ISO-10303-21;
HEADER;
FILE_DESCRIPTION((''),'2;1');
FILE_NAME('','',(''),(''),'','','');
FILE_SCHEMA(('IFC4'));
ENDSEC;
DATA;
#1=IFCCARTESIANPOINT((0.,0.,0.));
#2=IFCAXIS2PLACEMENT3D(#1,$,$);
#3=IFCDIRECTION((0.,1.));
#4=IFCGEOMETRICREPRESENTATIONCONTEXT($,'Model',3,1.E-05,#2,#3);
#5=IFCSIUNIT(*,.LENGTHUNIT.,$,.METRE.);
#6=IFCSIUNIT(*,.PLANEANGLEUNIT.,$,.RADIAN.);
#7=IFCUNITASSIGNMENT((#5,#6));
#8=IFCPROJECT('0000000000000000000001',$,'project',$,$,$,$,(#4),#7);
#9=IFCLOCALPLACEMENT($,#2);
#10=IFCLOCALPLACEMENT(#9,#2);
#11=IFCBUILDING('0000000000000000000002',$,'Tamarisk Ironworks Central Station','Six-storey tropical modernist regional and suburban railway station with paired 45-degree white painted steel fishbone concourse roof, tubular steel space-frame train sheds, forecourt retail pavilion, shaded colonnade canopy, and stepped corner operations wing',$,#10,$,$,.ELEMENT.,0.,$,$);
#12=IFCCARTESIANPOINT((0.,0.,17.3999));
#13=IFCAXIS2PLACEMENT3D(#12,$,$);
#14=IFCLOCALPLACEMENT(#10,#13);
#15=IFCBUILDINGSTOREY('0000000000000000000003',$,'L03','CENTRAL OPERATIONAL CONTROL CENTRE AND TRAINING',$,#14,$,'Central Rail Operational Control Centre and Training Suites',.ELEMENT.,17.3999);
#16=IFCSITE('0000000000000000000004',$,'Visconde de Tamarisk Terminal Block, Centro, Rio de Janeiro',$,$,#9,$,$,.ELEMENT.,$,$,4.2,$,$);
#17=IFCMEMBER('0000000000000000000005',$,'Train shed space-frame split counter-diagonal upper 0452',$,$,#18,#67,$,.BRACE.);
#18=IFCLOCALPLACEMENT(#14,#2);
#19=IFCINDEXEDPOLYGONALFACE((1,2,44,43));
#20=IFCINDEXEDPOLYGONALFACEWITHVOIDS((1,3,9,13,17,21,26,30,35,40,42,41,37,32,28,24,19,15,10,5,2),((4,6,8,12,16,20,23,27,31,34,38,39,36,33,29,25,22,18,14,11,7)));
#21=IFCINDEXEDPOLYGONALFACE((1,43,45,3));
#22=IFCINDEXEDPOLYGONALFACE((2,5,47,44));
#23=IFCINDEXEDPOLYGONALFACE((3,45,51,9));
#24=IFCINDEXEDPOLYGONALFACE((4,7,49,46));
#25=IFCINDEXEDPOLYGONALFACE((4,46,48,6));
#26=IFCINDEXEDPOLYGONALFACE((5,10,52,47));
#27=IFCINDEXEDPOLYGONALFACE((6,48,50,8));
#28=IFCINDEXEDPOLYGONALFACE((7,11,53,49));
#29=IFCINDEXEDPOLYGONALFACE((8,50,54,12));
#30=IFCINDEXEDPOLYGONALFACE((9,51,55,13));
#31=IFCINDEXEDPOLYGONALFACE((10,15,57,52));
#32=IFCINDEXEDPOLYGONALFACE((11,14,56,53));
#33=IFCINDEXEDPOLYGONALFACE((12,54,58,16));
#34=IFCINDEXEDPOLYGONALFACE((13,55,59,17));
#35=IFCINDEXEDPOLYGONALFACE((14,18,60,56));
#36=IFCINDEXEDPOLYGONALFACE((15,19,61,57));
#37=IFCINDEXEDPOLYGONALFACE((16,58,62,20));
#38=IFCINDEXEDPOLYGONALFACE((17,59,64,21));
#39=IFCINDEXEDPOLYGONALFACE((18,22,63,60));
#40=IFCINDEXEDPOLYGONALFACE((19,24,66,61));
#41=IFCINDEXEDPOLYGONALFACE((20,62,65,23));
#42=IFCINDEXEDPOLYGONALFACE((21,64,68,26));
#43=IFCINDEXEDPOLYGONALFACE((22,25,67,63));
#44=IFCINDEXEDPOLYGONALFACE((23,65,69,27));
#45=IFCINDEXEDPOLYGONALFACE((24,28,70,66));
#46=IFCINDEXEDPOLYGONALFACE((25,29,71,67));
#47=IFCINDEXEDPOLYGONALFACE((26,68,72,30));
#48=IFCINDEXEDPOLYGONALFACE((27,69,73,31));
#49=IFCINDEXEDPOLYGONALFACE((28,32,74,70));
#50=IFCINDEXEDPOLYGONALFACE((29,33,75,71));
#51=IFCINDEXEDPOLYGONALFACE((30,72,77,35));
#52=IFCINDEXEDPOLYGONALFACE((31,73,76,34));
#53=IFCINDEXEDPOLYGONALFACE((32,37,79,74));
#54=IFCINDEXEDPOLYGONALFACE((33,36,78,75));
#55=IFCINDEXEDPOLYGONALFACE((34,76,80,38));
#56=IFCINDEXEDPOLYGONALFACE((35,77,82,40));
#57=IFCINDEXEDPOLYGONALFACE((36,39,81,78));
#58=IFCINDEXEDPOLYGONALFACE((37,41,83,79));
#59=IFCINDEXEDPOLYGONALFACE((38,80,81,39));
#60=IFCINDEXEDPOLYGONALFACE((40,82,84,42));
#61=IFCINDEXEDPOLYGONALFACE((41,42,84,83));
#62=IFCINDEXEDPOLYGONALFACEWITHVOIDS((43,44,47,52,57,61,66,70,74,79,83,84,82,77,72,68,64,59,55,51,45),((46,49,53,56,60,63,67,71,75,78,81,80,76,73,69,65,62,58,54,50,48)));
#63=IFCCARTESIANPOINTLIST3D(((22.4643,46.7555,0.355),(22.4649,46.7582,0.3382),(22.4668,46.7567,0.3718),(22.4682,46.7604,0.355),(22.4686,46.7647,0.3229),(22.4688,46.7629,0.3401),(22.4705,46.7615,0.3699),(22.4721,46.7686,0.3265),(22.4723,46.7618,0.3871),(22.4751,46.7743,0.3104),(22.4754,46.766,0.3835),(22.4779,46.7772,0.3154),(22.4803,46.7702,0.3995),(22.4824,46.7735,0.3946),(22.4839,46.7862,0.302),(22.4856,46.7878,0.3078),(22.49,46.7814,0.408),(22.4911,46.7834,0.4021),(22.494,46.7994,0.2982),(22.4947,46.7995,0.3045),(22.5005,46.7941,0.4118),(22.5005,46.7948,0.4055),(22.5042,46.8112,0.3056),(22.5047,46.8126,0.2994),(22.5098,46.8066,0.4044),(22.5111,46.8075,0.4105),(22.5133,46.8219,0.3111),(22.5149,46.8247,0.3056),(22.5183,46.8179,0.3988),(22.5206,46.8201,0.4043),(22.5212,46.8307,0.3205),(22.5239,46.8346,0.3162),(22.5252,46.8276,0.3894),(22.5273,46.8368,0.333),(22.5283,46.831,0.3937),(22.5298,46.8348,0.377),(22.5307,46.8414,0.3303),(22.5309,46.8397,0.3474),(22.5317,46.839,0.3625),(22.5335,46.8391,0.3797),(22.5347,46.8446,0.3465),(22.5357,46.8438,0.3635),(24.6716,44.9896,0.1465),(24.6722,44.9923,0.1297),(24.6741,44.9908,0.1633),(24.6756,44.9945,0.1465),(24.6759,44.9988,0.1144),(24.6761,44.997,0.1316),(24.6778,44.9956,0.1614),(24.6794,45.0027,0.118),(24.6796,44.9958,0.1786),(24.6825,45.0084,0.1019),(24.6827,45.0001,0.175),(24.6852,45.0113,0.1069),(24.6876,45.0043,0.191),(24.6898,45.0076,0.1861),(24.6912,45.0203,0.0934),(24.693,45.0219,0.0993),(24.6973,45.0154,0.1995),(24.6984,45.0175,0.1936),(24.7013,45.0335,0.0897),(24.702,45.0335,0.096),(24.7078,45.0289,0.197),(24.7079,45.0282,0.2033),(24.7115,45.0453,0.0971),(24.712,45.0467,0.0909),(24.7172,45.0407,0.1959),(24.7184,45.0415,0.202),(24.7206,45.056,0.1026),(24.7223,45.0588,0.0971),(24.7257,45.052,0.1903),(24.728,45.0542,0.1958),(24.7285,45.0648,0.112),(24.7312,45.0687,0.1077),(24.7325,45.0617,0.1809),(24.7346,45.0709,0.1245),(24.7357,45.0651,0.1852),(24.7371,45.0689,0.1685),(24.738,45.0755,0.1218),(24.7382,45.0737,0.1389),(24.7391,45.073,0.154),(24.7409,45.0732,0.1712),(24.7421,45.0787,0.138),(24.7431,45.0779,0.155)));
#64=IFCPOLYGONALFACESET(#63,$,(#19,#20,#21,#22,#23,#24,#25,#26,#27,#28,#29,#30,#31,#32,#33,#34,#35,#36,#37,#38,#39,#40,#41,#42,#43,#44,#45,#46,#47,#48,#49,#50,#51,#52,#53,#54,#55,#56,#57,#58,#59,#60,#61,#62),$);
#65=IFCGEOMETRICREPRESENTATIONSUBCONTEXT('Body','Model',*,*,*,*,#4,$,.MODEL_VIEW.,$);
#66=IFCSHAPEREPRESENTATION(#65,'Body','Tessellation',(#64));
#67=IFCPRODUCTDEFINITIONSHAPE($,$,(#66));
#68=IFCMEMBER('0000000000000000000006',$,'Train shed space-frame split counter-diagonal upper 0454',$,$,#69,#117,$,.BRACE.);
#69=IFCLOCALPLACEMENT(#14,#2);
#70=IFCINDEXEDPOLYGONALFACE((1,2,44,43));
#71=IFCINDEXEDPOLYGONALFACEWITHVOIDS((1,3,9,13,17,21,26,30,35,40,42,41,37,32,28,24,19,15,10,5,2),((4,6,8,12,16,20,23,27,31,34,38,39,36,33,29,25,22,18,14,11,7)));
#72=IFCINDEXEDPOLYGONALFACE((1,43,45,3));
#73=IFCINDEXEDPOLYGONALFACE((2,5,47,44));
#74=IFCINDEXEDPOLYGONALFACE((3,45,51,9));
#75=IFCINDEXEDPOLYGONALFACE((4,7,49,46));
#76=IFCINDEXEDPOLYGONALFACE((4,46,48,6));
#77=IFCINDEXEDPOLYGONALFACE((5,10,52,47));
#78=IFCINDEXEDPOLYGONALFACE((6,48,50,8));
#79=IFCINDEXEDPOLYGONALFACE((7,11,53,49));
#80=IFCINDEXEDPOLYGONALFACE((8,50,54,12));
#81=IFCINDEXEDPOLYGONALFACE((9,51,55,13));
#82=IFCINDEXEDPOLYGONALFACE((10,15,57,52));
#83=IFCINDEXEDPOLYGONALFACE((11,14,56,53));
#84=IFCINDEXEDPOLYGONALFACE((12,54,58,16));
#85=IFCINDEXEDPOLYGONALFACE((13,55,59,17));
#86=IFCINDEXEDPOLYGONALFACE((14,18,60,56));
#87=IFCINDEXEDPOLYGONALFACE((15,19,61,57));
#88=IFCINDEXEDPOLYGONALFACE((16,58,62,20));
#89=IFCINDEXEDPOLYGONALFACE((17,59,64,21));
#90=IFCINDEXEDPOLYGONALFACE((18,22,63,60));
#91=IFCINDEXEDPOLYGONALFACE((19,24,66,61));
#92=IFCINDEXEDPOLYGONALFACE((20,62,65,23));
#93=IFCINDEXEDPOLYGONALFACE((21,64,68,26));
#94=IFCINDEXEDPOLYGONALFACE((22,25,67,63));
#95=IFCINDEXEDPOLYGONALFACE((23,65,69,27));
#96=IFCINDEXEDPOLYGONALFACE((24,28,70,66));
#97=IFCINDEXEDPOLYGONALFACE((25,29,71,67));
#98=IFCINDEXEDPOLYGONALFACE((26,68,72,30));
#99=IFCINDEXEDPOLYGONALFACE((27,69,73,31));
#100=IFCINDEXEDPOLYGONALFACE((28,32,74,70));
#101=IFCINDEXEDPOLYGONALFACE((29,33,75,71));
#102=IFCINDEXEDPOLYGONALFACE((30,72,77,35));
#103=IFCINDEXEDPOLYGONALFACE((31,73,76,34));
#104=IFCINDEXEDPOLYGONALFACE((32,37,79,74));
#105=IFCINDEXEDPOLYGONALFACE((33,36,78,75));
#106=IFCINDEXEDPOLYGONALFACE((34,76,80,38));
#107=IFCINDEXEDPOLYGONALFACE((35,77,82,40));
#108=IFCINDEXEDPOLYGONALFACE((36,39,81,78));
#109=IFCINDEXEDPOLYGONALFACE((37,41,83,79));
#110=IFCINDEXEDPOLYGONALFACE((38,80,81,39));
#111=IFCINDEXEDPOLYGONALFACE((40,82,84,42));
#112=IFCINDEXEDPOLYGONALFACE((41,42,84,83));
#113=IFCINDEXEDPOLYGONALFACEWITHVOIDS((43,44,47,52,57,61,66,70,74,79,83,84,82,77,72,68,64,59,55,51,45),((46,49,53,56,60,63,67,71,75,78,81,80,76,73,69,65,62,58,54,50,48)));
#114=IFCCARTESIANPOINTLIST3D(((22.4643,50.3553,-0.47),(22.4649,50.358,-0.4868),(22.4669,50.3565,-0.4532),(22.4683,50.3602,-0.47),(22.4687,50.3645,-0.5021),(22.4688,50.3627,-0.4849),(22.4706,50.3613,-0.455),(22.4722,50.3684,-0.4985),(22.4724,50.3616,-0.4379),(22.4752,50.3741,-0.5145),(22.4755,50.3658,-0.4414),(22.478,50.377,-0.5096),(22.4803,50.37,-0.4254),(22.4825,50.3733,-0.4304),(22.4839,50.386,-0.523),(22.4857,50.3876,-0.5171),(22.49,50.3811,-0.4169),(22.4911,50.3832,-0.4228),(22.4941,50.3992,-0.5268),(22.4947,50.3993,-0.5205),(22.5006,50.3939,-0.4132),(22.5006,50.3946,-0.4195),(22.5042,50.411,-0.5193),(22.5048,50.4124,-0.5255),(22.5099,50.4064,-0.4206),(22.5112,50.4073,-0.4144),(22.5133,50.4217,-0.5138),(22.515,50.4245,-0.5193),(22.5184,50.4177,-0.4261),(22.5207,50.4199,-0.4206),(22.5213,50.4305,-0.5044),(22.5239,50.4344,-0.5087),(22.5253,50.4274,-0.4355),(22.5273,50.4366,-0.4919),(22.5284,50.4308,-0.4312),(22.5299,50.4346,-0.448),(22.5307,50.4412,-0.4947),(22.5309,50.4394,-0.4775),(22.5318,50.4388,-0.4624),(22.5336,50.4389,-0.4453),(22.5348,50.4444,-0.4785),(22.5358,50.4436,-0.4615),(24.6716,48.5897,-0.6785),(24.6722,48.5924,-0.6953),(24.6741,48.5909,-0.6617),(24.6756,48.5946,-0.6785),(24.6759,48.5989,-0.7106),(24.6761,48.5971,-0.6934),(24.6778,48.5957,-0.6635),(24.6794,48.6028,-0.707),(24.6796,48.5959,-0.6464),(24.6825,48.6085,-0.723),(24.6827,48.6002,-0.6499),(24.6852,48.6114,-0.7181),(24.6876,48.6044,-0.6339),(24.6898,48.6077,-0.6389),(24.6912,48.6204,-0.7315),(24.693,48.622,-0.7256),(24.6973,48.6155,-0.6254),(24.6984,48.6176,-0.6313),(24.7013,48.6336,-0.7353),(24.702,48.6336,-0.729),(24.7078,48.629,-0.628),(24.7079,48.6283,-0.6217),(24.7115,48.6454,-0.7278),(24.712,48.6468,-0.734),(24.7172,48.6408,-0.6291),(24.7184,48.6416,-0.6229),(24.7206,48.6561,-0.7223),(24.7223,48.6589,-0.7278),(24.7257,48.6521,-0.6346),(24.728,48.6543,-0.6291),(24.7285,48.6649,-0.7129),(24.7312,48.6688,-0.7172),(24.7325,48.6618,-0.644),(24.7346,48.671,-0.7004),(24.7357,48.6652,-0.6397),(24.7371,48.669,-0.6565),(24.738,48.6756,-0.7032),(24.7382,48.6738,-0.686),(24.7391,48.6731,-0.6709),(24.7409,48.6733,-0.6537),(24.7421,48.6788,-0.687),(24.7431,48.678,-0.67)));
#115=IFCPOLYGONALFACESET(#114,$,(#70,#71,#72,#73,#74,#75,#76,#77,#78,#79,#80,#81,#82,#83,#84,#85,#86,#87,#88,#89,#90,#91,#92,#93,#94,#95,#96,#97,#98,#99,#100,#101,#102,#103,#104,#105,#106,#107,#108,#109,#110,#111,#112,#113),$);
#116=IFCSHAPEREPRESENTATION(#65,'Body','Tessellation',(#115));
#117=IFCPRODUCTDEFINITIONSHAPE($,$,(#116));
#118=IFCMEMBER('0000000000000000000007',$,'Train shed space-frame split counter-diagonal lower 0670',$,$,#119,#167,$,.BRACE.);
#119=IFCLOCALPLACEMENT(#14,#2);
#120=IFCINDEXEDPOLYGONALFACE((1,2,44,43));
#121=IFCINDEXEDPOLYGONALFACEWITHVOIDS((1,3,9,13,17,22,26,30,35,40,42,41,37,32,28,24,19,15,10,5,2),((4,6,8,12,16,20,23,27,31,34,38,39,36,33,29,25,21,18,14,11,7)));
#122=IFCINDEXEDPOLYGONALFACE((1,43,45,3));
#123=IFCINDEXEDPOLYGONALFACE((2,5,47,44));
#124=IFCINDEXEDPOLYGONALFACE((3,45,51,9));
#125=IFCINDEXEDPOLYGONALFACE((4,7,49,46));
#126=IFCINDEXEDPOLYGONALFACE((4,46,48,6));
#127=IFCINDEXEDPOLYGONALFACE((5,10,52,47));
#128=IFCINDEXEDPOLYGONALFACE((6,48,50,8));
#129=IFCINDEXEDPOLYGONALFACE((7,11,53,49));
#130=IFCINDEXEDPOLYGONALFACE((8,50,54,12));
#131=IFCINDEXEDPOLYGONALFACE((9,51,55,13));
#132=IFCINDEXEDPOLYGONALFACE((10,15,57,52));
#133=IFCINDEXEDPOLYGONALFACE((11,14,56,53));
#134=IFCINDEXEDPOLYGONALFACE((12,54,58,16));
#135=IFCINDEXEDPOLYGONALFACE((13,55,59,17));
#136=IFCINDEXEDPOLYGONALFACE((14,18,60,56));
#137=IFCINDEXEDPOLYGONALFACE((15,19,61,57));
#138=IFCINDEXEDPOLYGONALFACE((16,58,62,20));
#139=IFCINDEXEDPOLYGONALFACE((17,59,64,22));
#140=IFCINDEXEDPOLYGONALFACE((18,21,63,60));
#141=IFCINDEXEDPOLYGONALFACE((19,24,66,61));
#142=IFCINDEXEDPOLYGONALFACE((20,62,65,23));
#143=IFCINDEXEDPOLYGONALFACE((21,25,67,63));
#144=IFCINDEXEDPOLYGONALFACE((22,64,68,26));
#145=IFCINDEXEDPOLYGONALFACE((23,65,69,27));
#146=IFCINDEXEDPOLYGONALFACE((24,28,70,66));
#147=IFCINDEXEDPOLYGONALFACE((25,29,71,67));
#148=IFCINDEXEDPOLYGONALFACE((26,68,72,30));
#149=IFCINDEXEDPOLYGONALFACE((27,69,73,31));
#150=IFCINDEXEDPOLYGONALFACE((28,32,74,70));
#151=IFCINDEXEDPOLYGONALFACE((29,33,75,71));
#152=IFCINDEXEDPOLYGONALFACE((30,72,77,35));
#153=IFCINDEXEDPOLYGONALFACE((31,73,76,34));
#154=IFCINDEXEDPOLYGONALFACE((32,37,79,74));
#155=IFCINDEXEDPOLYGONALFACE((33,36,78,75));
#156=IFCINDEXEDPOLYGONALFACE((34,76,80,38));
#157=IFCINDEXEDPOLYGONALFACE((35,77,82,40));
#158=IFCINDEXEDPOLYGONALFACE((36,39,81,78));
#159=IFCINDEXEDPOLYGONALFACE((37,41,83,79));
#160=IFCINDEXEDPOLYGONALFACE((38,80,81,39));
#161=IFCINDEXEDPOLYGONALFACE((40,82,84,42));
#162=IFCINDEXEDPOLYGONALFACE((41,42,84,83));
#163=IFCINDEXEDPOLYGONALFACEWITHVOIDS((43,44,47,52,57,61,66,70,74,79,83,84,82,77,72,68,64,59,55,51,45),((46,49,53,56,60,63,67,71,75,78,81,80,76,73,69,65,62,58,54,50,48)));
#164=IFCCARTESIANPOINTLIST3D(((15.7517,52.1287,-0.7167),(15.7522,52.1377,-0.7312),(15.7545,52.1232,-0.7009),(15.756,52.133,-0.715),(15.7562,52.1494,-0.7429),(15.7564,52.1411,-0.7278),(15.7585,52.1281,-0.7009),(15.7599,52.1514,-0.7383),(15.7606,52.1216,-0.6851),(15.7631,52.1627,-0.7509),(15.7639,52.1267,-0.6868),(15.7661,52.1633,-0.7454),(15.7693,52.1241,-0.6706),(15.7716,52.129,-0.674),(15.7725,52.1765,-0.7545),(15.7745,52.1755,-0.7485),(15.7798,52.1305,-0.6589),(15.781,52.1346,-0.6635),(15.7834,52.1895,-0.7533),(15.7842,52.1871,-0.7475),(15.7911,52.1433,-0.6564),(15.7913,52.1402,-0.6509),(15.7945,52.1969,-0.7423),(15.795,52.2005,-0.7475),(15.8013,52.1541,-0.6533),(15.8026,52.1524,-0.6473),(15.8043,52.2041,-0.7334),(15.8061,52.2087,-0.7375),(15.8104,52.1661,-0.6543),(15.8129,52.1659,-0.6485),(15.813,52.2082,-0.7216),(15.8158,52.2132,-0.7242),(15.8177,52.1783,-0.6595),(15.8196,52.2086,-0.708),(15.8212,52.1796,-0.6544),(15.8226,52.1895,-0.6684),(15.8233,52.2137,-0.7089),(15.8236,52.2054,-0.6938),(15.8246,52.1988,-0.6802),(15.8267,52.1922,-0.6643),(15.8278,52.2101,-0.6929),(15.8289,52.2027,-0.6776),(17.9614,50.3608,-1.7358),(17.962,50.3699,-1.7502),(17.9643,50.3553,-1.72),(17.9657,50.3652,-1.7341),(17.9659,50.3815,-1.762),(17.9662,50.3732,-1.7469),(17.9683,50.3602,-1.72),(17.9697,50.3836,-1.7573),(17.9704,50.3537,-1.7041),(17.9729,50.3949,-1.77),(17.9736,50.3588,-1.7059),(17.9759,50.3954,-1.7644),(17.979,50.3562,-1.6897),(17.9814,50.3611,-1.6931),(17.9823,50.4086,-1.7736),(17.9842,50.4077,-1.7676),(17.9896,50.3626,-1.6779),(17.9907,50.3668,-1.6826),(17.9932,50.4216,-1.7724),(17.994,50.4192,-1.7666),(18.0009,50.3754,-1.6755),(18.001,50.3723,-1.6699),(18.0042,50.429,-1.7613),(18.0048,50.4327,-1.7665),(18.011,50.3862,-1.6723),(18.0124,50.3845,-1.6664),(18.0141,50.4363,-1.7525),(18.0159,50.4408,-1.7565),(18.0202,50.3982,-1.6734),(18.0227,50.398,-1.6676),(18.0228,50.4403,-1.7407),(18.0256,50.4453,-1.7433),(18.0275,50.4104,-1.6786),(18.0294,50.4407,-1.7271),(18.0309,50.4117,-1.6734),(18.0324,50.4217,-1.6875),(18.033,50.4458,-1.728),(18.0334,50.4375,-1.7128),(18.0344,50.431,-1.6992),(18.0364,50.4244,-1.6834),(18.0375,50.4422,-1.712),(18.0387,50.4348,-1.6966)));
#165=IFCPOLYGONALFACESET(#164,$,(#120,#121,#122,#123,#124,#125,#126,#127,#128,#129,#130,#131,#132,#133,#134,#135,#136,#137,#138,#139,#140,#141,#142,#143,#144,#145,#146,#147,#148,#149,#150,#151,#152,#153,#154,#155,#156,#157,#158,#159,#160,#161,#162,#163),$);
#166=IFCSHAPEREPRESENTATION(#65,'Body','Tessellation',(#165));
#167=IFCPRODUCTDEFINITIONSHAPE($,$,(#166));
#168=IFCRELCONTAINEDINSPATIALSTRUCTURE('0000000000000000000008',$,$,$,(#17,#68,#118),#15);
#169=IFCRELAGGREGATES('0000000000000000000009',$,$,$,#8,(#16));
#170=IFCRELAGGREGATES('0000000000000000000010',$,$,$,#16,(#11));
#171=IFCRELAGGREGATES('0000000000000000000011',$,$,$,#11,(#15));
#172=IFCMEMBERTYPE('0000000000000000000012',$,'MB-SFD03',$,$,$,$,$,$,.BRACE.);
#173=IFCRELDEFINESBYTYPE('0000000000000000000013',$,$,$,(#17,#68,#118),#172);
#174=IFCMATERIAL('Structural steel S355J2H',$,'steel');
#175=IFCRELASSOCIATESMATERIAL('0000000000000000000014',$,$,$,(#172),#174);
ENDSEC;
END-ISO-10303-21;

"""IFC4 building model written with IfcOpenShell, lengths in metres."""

from ifc_helpers import new_model, si_unit, direction, frame, origin, origin_2d, place, context, subcontext, project, spatial, hollow_circle, extrude, material, material_profile, profile_set, type_object, element, save


model = new_model("IFC4")

# Units and contexts
model_context = context("Model", 3, precision=1e-05, world=origin(), true_north=direction((0.0, 1.0)))
body_context = subcontext(model_context, "Body", "Model", "MODEL_VIEW")
ifc_project = project(units=[si_unit("LENGTHUNIT", "METRE"), si_unit("PLANEANGLEUNIT", "RADIAN")], contexts=[model_context])

# Site, building, storey
site_placement = place(None, origin())
site = spatial("IfcSite", under=ifc_project, at=site_placement, Name="Visconde de Tamarisk Terminal Block, Centro, Rio de Janeiro", CompositionType="ELEMENT", RefElevation=4.2)
building_placement = place(site_placement, origin())
building = spatial("IfcBuilding", under=site, at=building_placement, Name="Tamarisk Ironworks Central Station", Description="Six-storey tropical modernist regional and suburban railway station with paired 45-degree white painted steel fishbone concourse roof, tubular steel space-frame train sheds, forecourt retail pavilion, shaded colonnade canopy, and stepped corner operations wing", CompositionType="ELEMENT", ElevationOfRefHeight=0.0)
storey_placement = place(building_placement, frame((0.0, 0.0, 17.3999)))
storey = spatial("IfcBuildingStorey", under=building, at=storey_placement, Name="L03", Description="CENTRAL OPERATIONAL CONTROL CENTRE AND TRAINING", LongName="Central Rail Operational Control Centre and Training Suites", CompositionType="ELEMENT", Elevation=17.3999)

# Members
ifc_material_1 = material(Name="Structural steel S355J2H", Category="steel")
ifc_material_profile_1 = material_profile(ifc_material_1, hollow_circle(Radius=0.0571, WallThickness=0.0063, at=origin_2d()), Name="CHS 114.3x6.3")
ifc_profile_set_1 = profile_set([ifc_material_profile_1], Name="Structural steel S355J2H")
member_type_1 = type_object("IfcMemberType", Name="MB-SFD03", PredefinedType="BRACE", material=ifc_profile_set_1)
member_1_placement = place(storey_placement, frame((24.7073, 45.0342, 0.1465), z_axis=(-0.778745, 0.623013, 0.073559), x_axis=(-0.624706, -0.78086, 0.0)))
element("IfcMember", 1, at=member_1_placement, inside=storey, type_object=member_type_1, Name="Train shed space-frame split counter-diagonal upper 0452", PredefinedType="BRACE", context=body_context, shape_type="SweptSolid", body=[
    extrude(hollow_circle(Radius=0.0571, WallThickness=0.0063, at=origin_2d()), origin(), (0.0, 0.0, 1.0), 2.8345),
])
member_2_placement = place(storey_placement, frame((24.7073, 48.6343, -0.6785), z_axis=(-0.778787, 0.62296, 0.073563), x_axis=(-0.624653, -0.780903, 0.0)))
element("IfcMember", 2, at=member_2_placement, inside=storey, type_object=member_type_1, Name="Train shed space-frame split counter-diagonal upper 0454", PredefinedType="BRACE", context=body_context, shape_type="SweptSolid", body=[
    extrude(hollow_circle(Radius=0.0571, WallThickness=0.0063, at=origin_2d()), origin(), (0.0, 0.0, 1.0), 2.8342),
])
for number, where, z_axis, x_axis, name in (
    (3, (18.0, 50.3999, -1.72), (-0.734677, 0.587758, 0.338807), (-0.624706, -0.78086, 0.0), "Train shed space-frame split counter-diagonal lower 0670"),
):
    element("IfcMember", number, at=place(storey_placement, frame(where, z_axis=z_axis, x_axis=x_axis)), inside=storey, type_object=member_type_1, Name=name, PredefinedType="BRACE", context=body_context, shape_type="SweptSolid", body=[
        extrude(hollow_circle(Radius=0.0571, WallThickness=0.0063, at=origin_2d()), origin(), (0.0, 0.0, 1.0), 3.0078),
    ])

save(model, "model.ifc")
